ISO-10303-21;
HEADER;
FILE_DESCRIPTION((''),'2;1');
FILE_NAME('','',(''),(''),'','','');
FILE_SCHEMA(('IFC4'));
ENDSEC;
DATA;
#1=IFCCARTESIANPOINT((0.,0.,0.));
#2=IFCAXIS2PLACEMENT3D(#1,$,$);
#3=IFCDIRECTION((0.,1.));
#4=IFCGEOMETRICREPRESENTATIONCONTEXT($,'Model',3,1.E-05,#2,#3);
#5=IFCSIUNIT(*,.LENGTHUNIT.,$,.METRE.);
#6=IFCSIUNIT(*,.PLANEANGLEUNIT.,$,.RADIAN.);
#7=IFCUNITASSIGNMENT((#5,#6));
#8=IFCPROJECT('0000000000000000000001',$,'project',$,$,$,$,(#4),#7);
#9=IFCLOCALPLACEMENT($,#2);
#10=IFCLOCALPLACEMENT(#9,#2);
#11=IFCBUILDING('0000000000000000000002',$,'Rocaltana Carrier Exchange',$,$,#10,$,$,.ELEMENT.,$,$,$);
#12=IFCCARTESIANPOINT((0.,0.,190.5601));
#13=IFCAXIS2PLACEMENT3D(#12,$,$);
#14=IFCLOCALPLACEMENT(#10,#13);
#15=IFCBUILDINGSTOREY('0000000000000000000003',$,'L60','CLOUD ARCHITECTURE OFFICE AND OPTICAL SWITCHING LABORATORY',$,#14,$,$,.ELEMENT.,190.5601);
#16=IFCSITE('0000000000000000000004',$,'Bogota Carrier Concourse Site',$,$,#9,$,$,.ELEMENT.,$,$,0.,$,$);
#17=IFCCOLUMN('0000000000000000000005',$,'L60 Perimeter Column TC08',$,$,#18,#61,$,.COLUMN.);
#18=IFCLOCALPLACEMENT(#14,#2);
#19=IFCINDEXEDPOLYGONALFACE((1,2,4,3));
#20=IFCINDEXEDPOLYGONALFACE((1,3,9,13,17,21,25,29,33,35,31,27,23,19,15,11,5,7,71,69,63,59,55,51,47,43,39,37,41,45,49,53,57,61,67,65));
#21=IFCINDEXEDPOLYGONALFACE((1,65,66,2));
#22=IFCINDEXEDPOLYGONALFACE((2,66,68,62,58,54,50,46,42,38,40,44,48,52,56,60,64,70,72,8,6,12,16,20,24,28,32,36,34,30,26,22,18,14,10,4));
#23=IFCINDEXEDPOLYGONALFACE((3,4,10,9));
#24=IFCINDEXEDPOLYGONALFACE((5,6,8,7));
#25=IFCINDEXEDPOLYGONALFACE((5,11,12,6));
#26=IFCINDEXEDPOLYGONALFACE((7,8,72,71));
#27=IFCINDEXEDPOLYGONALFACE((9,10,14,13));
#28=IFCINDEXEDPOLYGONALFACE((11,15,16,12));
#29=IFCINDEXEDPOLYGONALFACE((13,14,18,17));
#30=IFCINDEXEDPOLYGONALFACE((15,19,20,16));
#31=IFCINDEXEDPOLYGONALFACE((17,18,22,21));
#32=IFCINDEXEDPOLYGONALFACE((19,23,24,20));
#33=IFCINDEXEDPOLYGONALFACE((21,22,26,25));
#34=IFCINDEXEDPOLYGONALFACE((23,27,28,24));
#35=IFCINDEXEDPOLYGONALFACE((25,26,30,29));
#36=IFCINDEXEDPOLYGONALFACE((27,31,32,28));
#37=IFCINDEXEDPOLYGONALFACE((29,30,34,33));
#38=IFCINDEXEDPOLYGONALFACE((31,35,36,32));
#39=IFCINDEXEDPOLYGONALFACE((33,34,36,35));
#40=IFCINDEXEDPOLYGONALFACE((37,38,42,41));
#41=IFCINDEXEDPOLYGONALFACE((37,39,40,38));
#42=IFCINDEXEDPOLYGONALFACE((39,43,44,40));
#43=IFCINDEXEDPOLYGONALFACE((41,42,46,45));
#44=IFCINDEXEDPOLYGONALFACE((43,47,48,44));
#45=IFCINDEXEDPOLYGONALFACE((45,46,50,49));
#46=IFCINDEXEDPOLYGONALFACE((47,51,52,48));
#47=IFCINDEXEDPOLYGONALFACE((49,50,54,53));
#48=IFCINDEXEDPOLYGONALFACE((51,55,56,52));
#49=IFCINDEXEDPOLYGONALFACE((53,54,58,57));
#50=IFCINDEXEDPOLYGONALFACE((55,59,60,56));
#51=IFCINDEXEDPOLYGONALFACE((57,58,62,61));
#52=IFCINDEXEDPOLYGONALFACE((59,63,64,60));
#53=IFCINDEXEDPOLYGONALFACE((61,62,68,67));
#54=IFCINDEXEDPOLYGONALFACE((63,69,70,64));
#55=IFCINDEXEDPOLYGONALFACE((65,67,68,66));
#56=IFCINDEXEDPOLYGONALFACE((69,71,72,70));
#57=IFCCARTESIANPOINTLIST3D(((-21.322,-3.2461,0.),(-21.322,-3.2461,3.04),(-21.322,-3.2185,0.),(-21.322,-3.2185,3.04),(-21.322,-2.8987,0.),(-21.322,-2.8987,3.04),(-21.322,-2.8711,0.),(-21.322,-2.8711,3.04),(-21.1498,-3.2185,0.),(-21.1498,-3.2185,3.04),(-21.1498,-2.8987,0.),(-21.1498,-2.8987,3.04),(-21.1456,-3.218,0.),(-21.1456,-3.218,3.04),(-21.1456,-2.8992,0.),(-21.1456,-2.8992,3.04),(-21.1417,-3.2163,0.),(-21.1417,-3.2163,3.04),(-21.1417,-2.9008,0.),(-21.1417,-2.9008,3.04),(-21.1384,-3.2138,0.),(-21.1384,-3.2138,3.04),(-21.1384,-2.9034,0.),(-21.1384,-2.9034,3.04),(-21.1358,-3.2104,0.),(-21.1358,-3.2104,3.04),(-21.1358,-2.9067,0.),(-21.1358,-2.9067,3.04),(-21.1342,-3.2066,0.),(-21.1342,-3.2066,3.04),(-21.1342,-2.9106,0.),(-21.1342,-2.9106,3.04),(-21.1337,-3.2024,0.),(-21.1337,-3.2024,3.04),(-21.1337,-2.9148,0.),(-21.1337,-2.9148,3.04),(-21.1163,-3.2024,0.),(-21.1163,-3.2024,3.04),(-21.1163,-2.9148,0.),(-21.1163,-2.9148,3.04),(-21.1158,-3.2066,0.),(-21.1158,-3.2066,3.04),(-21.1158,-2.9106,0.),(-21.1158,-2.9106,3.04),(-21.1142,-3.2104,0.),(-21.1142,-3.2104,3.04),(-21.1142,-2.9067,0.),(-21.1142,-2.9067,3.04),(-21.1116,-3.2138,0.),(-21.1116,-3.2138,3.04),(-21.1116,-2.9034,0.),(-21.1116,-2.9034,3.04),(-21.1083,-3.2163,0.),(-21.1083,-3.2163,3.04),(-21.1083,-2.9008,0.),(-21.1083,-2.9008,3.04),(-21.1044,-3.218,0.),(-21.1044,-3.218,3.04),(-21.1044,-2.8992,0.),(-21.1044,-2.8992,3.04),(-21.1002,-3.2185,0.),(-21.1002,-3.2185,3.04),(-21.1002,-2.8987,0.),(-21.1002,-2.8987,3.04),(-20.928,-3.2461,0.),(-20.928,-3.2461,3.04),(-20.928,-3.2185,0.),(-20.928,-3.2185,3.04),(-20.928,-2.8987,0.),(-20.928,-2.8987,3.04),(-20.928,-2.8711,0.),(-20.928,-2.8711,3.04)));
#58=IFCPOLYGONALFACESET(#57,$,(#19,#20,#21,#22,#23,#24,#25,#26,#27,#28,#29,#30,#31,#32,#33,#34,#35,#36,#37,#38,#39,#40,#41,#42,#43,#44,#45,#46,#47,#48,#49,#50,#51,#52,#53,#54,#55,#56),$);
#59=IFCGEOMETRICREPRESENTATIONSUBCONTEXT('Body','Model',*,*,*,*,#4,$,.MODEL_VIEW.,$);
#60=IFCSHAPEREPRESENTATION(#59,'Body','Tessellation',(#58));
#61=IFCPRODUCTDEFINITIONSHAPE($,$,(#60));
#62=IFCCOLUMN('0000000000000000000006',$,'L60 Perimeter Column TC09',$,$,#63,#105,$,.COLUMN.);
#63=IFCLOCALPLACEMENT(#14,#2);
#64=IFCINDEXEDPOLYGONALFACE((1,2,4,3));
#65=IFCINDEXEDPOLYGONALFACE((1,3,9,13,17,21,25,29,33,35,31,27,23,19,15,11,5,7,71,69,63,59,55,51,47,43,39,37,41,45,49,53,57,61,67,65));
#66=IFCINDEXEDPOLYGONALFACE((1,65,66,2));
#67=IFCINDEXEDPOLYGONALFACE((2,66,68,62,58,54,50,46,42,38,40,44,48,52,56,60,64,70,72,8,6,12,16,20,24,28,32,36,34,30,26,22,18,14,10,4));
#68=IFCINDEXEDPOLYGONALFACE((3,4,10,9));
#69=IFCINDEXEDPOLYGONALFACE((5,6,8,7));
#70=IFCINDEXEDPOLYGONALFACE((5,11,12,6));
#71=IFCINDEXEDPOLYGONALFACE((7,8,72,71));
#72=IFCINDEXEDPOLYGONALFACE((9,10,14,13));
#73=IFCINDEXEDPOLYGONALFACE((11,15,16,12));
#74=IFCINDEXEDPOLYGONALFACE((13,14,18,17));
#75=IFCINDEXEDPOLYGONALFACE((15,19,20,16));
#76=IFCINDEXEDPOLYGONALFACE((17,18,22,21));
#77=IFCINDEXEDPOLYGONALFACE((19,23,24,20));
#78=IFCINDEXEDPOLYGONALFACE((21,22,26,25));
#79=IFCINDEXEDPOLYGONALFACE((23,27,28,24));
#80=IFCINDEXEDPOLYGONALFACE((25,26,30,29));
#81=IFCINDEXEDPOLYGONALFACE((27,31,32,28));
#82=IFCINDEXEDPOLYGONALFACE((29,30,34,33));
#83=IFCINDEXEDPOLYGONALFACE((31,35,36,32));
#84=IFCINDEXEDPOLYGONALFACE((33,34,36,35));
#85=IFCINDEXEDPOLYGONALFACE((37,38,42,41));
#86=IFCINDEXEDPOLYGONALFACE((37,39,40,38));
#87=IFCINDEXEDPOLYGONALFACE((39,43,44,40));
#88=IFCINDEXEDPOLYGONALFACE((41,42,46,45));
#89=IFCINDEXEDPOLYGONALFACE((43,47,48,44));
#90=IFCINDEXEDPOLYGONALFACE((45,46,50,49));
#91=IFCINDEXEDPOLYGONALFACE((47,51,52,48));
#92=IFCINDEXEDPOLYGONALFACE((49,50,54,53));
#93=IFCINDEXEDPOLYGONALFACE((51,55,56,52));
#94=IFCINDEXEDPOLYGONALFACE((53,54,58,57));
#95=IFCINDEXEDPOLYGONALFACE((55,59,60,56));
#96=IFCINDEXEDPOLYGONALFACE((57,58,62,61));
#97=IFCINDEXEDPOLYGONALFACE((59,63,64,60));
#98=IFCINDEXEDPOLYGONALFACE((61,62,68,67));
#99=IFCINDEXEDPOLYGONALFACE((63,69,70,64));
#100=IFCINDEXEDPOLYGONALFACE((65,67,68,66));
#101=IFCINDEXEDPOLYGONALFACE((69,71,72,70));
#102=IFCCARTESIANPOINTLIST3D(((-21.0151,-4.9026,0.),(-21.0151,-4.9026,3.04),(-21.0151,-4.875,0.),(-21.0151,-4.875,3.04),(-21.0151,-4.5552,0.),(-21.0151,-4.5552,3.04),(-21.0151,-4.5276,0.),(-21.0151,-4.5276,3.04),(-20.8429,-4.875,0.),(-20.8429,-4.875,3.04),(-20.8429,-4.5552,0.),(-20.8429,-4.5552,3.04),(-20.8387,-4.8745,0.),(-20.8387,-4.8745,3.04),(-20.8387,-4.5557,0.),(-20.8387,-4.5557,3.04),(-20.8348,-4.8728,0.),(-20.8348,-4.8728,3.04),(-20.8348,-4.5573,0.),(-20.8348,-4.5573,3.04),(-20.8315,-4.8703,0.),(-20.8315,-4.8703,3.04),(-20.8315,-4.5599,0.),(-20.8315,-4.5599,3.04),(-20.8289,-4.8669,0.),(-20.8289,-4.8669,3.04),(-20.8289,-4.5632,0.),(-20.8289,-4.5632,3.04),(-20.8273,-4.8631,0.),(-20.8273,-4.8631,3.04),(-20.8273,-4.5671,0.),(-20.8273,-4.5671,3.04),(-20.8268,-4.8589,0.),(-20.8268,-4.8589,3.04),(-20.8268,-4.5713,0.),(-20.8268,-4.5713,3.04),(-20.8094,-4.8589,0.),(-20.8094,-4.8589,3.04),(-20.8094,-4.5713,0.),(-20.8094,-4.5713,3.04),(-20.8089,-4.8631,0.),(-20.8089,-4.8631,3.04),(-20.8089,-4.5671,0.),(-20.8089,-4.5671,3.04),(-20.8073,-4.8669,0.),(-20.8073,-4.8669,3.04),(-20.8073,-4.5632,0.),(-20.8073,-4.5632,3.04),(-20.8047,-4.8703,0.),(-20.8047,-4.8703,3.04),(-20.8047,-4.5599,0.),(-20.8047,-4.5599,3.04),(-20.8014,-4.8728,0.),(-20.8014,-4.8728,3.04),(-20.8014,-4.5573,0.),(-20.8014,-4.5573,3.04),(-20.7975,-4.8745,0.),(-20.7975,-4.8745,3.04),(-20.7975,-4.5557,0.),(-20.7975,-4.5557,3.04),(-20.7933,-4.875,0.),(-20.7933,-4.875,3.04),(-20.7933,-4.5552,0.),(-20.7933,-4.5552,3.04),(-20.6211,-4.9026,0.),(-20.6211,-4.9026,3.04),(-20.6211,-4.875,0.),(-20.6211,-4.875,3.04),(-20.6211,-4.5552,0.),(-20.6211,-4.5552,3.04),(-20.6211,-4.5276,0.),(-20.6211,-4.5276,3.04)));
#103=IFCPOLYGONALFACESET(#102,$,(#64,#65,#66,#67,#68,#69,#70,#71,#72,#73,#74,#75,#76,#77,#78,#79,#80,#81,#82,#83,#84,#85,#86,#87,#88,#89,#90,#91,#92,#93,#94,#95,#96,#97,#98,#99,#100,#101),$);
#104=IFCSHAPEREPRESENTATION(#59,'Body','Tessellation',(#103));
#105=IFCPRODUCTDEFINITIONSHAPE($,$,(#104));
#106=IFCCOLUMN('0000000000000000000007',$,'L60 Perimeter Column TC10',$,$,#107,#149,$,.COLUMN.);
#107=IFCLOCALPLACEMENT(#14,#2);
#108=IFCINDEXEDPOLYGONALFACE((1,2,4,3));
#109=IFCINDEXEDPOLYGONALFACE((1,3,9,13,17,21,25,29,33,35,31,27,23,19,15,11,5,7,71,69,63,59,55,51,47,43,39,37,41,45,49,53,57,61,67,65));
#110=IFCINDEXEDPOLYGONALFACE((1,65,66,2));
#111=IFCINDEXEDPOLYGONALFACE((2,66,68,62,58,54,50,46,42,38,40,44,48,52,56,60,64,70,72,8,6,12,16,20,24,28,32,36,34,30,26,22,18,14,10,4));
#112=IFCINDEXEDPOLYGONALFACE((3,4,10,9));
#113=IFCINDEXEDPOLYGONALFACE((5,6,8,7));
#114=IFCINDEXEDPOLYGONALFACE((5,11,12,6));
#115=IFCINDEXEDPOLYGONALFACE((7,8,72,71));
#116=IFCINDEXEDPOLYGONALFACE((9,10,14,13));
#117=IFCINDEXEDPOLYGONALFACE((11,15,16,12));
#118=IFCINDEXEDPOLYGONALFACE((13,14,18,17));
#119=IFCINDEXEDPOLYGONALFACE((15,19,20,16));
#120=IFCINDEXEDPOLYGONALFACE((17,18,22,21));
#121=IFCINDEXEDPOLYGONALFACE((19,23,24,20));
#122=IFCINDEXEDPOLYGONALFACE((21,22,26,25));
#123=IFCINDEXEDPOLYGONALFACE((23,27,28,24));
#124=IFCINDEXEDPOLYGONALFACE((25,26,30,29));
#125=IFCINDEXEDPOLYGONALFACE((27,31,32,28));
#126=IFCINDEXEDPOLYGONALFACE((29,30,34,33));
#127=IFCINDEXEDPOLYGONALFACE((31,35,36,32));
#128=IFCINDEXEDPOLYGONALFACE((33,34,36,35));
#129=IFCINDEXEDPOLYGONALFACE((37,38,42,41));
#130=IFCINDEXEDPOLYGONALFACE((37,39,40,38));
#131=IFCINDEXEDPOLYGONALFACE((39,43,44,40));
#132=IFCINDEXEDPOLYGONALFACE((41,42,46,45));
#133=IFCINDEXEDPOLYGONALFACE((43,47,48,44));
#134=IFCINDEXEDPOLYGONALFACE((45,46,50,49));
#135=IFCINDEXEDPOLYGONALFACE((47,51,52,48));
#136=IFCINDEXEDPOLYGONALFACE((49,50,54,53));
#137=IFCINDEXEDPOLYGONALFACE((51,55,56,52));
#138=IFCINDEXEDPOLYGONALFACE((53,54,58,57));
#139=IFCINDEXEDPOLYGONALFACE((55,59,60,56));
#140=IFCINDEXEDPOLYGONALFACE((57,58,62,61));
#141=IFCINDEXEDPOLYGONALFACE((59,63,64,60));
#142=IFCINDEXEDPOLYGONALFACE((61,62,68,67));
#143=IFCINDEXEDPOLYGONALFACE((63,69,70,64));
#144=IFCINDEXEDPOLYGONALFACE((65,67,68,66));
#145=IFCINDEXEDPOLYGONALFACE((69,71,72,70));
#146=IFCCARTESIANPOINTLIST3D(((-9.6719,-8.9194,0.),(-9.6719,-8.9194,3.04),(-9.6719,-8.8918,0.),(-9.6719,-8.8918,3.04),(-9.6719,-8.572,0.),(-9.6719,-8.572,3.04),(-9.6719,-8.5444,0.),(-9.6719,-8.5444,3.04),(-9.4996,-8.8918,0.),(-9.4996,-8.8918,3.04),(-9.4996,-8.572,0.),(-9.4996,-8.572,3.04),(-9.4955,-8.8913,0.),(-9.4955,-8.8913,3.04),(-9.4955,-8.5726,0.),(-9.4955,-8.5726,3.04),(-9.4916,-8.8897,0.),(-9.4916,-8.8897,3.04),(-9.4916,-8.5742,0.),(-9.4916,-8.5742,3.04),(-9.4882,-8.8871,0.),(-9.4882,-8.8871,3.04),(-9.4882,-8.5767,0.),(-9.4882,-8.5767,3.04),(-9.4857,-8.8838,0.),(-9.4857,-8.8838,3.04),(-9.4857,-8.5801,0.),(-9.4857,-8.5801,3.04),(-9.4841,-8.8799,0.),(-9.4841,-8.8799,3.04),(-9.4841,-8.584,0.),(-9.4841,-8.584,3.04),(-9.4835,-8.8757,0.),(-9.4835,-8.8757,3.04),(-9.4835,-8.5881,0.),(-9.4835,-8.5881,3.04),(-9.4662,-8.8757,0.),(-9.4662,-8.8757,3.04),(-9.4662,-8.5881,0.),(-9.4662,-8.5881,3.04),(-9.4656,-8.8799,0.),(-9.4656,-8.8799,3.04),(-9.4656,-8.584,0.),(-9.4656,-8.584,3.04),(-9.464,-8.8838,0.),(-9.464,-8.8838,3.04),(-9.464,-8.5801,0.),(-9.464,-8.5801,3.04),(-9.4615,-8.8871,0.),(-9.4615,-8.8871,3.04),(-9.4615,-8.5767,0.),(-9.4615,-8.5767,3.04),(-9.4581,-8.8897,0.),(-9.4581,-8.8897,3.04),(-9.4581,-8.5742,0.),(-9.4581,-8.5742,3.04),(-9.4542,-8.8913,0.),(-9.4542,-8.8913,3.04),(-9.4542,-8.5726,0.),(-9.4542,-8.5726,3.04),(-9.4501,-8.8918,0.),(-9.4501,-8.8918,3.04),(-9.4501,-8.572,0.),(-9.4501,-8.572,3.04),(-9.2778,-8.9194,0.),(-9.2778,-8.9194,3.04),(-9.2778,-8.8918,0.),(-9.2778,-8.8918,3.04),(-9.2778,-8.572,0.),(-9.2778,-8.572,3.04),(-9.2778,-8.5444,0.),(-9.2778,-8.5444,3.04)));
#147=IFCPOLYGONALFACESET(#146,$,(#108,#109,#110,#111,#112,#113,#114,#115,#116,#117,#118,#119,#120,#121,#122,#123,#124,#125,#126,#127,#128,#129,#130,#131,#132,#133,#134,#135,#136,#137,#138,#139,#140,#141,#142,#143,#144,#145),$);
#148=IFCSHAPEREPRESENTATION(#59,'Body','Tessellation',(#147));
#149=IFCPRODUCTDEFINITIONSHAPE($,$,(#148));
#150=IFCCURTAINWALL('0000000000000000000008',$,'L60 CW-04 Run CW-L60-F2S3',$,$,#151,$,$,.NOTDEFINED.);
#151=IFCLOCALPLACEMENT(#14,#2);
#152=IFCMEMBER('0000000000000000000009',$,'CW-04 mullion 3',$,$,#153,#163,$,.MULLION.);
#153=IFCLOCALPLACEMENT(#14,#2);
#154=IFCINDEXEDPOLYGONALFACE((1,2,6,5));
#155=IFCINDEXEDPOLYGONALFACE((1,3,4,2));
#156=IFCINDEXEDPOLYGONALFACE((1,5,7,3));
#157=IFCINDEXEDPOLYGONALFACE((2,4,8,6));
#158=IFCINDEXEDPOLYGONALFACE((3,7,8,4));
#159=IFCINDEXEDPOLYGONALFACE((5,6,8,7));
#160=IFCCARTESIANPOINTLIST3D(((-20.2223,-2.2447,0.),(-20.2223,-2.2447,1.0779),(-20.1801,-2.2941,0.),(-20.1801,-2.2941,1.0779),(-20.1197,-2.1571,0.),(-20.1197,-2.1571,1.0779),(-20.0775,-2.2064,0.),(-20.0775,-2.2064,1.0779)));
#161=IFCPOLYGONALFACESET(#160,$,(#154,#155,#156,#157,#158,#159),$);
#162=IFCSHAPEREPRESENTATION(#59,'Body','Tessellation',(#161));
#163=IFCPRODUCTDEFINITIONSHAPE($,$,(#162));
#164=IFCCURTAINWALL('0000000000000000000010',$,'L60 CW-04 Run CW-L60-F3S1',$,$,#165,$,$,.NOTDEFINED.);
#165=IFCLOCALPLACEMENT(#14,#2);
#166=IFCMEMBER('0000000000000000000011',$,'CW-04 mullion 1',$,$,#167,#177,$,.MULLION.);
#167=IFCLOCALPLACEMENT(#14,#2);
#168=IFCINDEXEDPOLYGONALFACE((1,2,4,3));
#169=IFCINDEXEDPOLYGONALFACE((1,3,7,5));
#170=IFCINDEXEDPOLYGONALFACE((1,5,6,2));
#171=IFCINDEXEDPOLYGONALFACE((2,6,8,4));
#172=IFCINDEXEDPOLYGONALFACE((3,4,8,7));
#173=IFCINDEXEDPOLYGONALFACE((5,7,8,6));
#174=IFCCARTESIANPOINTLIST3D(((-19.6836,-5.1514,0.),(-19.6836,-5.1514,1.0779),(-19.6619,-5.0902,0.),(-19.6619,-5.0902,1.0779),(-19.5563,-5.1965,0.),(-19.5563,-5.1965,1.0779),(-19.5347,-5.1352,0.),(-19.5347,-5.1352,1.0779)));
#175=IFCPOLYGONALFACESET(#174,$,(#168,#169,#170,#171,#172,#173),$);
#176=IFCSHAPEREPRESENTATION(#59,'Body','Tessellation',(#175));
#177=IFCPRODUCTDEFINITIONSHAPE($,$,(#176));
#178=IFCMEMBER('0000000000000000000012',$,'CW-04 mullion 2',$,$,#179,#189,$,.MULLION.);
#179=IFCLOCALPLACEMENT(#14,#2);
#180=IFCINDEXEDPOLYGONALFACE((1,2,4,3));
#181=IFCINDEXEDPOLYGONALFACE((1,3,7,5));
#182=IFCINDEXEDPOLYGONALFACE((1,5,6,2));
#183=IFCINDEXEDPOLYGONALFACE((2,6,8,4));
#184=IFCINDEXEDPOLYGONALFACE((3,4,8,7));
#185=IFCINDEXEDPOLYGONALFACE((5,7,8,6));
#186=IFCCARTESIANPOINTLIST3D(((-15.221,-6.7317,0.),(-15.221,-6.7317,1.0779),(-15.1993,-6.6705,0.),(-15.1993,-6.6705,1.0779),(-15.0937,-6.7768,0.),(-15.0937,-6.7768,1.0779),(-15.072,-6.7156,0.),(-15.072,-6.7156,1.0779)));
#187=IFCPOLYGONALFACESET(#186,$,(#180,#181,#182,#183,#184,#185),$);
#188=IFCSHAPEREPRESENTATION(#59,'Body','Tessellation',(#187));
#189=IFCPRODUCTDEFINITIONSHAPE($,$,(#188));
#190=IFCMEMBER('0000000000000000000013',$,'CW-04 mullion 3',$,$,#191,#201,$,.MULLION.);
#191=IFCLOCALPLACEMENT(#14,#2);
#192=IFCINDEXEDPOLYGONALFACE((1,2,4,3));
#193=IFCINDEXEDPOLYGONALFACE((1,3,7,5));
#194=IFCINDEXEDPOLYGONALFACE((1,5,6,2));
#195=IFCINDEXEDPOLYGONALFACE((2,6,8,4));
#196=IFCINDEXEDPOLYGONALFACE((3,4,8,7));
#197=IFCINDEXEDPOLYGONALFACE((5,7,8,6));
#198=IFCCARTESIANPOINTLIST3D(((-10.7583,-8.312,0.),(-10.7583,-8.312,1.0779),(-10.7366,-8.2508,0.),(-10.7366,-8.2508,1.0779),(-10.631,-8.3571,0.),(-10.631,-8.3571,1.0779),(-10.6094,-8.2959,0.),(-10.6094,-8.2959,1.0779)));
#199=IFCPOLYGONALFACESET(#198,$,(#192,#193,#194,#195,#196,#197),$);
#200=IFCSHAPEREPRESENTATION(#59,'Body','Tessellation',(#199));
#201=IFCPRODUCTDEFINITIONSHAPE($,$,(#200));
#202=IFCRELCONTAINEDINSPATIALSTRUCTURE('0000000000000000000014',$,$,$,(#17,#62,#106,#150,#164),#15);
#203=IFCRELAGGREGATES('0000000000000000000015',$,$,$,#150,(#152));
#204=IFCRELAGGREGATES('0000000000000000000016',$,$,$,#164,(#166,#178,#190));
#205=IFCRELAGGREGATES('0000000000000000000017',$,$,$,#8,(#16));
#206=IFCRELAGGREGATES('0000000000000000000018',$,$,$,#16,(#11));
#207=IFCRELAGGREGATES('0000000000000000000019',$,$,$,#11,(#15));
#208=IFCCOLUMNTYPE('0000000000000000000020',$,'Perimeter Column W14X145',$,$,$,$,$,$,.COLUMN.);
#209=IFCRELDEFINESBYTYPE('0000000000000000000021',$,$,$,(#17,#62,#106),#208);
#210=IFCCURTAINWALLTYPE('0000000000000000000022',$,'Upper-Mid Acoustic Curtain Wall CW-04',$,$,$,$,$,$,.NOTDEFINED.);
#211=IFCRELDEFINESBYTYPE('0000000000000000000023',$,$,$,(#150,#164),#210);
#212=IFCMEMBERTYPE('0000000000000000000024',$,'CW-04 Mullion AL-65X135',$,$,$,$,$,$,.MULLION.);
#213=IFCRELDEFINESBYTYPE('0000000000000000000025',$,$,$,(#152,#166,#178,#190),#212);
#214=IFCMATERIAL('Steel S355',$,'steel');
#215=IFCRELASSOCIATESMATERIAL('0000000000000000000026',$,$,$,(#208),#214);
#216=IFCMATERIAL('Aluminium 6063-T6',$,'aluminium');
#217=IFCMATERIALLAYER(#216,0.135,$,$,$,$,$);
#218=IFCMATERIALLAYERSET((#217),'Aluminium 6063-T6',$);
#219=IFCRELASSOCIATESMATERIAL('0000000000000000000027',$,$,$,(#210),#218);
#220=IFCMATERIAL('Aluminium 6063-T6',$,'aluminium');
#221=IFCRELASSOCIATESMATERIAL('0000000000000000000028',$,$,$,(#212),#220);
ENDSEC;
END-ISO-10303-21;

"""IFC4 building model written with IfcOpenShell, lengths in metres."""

from ifc_helpers import new_model, si_unit, direction, frame, origin, origin_2d, place, context, subcontext, project, spatial, rectangle, i_section, extrude, material, layer, layer_set, material_profile, profile_set, type_object, element, aggregate, save


model = new_model("IFC4")

# Units and contexts
model_context = context("Model", 3, precision=1e-05, world=origin(), true_north=direction((0.0, 1.0)))
body_context = subcontext(model_context, "Body", "Model", "MODEL_VIEW")
ifc_project = project(units=[si_unit("LENGTHUNIT", "METRE"), si_unit("PLANEANGLEUNIT", "RADIAN")], contexts=[model_context])

# Site, building, storey
site_placement = place(None, origin())
site = spatial("IfcSite", under=ifc_project, at=site_placement, Name="Bogota Carrier Concourse Site", CompositionType="ELEMENT", RefElevation=0.0)
building_placement = place(site_placement, origin())
building = spatial("IfcBuilding", under=site, at=building_placement, Name="Rocaltana Carrier Exchange", CompositionType="ELEMENT")
storey_placement = place(building_placement, frame((0.0, 0.0, 190.5601)))
storey = spatial("IfcBuildingStorey", under=building, at=storey_placement, Name="L60", Description="CLOUD ARCHITECTURE OFFICE AND OPTICAL SWITCHING LABORATORY", CompositionType="ELEMENT", Elevation=190.5601)

# Columns
ifc_material_1 = material(Name="Steel S355", Category="steel")
ifc_material_profile_1 = material_profile(ifc_material_1, i_section(OverallWidth=0.394, OverallDepth=0.375, WebThickness=0.0173, FlangeThickness=0.0276, FilletRadius=0.0161, at=origin_2d()), Name="W14X145")
ifc_profile_set_1 = profile_set([ifc_material_profile_1], Name="Steel S355")
column_type = type_object("IfcColumnType", Name="Perimeter Column W14X145", PredefinedType="COLUMN", material=ifc_profile_set_1)
for number, where, z_axis, x_axis, name in (
    (1, (-21.125, -3.0586, 0.0), (0.0, 0.0, 1.0), (1.0, 0.0, 0.0), "L60 Perimeter Column TC08"),
    (2, (-20.8181, -4.7151, 0.0), (0.0, 0.0, 1.0), (1.0, 0.0, 0.0), "L60 Perimeter Column TC09"),
    (3, (-9.4749, -8.7319, 0.0), (0.0, 0.0, 1.0), (1.0, 0.0, 0.0), "L60 Perimeter Column TC10"),
):
    element("IfcColumn", number, at=place(storey_placement, frame(where, z_axis=z_axis, x_axis=x_axis)), inside=storey, type_object=column_type, Name=name, PredefinedType="COLUMN", context=body_context, shape_type="SweptSolid", body=[
        extrude(i_section(OverallWidth=0.394, OverallDepth=0.375, WebThickness=0.0173, FlangeThickness=0.0276, FilletRadius=0.0161, at=origin_2d()), origin(), (0.0, 0.0, 1.0), 3.04),
    ])

# Curtain wall, member
ifc_material_2 = material(Name="Aluminium 6063-T6", Category="aluminium")
ifc_layer_1 = layer(ifc_material_2, 0.135)
ifc_layer_set_1 = layer_set([ifc_layer_1], Name="Aluminium 6063-T6")
curtain_wall_type = type_object("IfcCurtainWallType", Name="Upper-Mid Acoustic Curtain Wall CW-04", PredefinedType="NOTDEFINED", material=ifc_layer_set_1)
curtain_wall_1_placement = place(storey_placement, origin())
curtain_wall_1 = element("IfcCurtainWall", 4, at=curtain_wall_1_placement, inside=storey, type_object=curtain_wall_type, Name="L60 CW-04 Run CW-L60-F2S3", PredefinedType="NOTDEFINED")
ifc_material_3 = material(Name="Aluminium 6063-T6", Category="aluminium")
ifc_material_profile_2 = material_profile(ifc_material_3, rectangle(XDim=0.0649, YDim=0.135, at=origin_2d()), Name="AL-65X135")
ifc_profile_set_2 = profile_set([ifc_material_profile_2], Name="Aluminium 6063-T6")
member_type_1 = type_object("IfcMemberType", Name="CW-04 Mullion AL-65X135", PredefinedType="MULLION", material=ifc_profile_set_2)
member_1_placement = place(storey_placement, frame((-20.1499, -2.2256, 0.0), z_axis=(0.0, 0.0, 1.0), x_axis=(0.649448, -0.760406, 0.0)))
member_1 = element("IfcMember", 5, at=member_1_placement, type_object=member_type_1, Name="CW-04 mullion 3", PredefinedType="MULLION", context=body_context, shape_type="SweptSolid", body=[
    extrude(rectangle(XDim=0.0649, YDim=0.135, at=origin_2d()), origin(), (0.0, 0.0, 1.0), 1.0779),
])

# Curtain wall, members
curtain_wall_2_placement = place(storey_placement, origin())
curtain_wall_2 = element("IfcCurtainWall", 6, at=curtain_wall_2_placement, inside=storey, type_object=curtain_wall_type, Name="L60 CW-04 Run CW-L60-F3S1", PredefinedType="NOTDEFINED")
member_2_placement = place(storey_placement, frame((-19.6091, -5.1433, 0.0), z_axis=(0.0, 0.0, 1.0), x_axis=(0.333795, 0.942646, 0.0)))
member_2 = element("IfcMember", 7, at=member_2_placement, type_object=member_type_1, Name="CW-04 mullion 1", PredefinedType="MULLION", context=body_context, shape_type="SweptSolid", body=[
    extrude(rectangle(XDim=0.0649, YDim=0.135, at=origin_2d()), origin(), (0.0, 0.0, 1.0), 1.0779),
])
member_3_placement = place(storey_placement, frame((-15.1465, -6.7236, 0.0), z_axis=(0.0, 0.0, 1.0), x_axis=(0.333795, 0.942646, 0.0)))
member_3 = element("IfcMember", 8, at=member_3_placement, type_object=member_type_1, Name="CW-04 mullion 2", PredefinedType="MULLION", context=body_context, shape_type="SweptSolid", body=[
    extrude(rectangle(XDim=0.0649, YDim=0.135, at=origin_2d()), origin(), (0.0, 0.0, 1.0), 1.0779),
])
member_4_placement = place(storey_placement, frame((-10.6838, -8.304, 0.0), z_axis=(0.0, 0.0, 1.0), x_axis=(0.333795, 0.942646, 0.0)))
member_4 = element("IfcMember", 9, at=member_4_placement, type_object=member_type_1, Name="CW-04 mullion 3", PredefinedType="MULLION", context=body_context, shape_type="SweptSolid", body=[
    extrude(rectangle(XDim=0.0649, YDim=0.135, at=origin_2d()), origin(), (0.0, 0.0, 1.0), 1.0779),
])

aggregate(curtain_wall_1, [member_1])
aggregate(curtain_wall_2, [member_2, member_3, member_4])

save(model, "model.ifc")
